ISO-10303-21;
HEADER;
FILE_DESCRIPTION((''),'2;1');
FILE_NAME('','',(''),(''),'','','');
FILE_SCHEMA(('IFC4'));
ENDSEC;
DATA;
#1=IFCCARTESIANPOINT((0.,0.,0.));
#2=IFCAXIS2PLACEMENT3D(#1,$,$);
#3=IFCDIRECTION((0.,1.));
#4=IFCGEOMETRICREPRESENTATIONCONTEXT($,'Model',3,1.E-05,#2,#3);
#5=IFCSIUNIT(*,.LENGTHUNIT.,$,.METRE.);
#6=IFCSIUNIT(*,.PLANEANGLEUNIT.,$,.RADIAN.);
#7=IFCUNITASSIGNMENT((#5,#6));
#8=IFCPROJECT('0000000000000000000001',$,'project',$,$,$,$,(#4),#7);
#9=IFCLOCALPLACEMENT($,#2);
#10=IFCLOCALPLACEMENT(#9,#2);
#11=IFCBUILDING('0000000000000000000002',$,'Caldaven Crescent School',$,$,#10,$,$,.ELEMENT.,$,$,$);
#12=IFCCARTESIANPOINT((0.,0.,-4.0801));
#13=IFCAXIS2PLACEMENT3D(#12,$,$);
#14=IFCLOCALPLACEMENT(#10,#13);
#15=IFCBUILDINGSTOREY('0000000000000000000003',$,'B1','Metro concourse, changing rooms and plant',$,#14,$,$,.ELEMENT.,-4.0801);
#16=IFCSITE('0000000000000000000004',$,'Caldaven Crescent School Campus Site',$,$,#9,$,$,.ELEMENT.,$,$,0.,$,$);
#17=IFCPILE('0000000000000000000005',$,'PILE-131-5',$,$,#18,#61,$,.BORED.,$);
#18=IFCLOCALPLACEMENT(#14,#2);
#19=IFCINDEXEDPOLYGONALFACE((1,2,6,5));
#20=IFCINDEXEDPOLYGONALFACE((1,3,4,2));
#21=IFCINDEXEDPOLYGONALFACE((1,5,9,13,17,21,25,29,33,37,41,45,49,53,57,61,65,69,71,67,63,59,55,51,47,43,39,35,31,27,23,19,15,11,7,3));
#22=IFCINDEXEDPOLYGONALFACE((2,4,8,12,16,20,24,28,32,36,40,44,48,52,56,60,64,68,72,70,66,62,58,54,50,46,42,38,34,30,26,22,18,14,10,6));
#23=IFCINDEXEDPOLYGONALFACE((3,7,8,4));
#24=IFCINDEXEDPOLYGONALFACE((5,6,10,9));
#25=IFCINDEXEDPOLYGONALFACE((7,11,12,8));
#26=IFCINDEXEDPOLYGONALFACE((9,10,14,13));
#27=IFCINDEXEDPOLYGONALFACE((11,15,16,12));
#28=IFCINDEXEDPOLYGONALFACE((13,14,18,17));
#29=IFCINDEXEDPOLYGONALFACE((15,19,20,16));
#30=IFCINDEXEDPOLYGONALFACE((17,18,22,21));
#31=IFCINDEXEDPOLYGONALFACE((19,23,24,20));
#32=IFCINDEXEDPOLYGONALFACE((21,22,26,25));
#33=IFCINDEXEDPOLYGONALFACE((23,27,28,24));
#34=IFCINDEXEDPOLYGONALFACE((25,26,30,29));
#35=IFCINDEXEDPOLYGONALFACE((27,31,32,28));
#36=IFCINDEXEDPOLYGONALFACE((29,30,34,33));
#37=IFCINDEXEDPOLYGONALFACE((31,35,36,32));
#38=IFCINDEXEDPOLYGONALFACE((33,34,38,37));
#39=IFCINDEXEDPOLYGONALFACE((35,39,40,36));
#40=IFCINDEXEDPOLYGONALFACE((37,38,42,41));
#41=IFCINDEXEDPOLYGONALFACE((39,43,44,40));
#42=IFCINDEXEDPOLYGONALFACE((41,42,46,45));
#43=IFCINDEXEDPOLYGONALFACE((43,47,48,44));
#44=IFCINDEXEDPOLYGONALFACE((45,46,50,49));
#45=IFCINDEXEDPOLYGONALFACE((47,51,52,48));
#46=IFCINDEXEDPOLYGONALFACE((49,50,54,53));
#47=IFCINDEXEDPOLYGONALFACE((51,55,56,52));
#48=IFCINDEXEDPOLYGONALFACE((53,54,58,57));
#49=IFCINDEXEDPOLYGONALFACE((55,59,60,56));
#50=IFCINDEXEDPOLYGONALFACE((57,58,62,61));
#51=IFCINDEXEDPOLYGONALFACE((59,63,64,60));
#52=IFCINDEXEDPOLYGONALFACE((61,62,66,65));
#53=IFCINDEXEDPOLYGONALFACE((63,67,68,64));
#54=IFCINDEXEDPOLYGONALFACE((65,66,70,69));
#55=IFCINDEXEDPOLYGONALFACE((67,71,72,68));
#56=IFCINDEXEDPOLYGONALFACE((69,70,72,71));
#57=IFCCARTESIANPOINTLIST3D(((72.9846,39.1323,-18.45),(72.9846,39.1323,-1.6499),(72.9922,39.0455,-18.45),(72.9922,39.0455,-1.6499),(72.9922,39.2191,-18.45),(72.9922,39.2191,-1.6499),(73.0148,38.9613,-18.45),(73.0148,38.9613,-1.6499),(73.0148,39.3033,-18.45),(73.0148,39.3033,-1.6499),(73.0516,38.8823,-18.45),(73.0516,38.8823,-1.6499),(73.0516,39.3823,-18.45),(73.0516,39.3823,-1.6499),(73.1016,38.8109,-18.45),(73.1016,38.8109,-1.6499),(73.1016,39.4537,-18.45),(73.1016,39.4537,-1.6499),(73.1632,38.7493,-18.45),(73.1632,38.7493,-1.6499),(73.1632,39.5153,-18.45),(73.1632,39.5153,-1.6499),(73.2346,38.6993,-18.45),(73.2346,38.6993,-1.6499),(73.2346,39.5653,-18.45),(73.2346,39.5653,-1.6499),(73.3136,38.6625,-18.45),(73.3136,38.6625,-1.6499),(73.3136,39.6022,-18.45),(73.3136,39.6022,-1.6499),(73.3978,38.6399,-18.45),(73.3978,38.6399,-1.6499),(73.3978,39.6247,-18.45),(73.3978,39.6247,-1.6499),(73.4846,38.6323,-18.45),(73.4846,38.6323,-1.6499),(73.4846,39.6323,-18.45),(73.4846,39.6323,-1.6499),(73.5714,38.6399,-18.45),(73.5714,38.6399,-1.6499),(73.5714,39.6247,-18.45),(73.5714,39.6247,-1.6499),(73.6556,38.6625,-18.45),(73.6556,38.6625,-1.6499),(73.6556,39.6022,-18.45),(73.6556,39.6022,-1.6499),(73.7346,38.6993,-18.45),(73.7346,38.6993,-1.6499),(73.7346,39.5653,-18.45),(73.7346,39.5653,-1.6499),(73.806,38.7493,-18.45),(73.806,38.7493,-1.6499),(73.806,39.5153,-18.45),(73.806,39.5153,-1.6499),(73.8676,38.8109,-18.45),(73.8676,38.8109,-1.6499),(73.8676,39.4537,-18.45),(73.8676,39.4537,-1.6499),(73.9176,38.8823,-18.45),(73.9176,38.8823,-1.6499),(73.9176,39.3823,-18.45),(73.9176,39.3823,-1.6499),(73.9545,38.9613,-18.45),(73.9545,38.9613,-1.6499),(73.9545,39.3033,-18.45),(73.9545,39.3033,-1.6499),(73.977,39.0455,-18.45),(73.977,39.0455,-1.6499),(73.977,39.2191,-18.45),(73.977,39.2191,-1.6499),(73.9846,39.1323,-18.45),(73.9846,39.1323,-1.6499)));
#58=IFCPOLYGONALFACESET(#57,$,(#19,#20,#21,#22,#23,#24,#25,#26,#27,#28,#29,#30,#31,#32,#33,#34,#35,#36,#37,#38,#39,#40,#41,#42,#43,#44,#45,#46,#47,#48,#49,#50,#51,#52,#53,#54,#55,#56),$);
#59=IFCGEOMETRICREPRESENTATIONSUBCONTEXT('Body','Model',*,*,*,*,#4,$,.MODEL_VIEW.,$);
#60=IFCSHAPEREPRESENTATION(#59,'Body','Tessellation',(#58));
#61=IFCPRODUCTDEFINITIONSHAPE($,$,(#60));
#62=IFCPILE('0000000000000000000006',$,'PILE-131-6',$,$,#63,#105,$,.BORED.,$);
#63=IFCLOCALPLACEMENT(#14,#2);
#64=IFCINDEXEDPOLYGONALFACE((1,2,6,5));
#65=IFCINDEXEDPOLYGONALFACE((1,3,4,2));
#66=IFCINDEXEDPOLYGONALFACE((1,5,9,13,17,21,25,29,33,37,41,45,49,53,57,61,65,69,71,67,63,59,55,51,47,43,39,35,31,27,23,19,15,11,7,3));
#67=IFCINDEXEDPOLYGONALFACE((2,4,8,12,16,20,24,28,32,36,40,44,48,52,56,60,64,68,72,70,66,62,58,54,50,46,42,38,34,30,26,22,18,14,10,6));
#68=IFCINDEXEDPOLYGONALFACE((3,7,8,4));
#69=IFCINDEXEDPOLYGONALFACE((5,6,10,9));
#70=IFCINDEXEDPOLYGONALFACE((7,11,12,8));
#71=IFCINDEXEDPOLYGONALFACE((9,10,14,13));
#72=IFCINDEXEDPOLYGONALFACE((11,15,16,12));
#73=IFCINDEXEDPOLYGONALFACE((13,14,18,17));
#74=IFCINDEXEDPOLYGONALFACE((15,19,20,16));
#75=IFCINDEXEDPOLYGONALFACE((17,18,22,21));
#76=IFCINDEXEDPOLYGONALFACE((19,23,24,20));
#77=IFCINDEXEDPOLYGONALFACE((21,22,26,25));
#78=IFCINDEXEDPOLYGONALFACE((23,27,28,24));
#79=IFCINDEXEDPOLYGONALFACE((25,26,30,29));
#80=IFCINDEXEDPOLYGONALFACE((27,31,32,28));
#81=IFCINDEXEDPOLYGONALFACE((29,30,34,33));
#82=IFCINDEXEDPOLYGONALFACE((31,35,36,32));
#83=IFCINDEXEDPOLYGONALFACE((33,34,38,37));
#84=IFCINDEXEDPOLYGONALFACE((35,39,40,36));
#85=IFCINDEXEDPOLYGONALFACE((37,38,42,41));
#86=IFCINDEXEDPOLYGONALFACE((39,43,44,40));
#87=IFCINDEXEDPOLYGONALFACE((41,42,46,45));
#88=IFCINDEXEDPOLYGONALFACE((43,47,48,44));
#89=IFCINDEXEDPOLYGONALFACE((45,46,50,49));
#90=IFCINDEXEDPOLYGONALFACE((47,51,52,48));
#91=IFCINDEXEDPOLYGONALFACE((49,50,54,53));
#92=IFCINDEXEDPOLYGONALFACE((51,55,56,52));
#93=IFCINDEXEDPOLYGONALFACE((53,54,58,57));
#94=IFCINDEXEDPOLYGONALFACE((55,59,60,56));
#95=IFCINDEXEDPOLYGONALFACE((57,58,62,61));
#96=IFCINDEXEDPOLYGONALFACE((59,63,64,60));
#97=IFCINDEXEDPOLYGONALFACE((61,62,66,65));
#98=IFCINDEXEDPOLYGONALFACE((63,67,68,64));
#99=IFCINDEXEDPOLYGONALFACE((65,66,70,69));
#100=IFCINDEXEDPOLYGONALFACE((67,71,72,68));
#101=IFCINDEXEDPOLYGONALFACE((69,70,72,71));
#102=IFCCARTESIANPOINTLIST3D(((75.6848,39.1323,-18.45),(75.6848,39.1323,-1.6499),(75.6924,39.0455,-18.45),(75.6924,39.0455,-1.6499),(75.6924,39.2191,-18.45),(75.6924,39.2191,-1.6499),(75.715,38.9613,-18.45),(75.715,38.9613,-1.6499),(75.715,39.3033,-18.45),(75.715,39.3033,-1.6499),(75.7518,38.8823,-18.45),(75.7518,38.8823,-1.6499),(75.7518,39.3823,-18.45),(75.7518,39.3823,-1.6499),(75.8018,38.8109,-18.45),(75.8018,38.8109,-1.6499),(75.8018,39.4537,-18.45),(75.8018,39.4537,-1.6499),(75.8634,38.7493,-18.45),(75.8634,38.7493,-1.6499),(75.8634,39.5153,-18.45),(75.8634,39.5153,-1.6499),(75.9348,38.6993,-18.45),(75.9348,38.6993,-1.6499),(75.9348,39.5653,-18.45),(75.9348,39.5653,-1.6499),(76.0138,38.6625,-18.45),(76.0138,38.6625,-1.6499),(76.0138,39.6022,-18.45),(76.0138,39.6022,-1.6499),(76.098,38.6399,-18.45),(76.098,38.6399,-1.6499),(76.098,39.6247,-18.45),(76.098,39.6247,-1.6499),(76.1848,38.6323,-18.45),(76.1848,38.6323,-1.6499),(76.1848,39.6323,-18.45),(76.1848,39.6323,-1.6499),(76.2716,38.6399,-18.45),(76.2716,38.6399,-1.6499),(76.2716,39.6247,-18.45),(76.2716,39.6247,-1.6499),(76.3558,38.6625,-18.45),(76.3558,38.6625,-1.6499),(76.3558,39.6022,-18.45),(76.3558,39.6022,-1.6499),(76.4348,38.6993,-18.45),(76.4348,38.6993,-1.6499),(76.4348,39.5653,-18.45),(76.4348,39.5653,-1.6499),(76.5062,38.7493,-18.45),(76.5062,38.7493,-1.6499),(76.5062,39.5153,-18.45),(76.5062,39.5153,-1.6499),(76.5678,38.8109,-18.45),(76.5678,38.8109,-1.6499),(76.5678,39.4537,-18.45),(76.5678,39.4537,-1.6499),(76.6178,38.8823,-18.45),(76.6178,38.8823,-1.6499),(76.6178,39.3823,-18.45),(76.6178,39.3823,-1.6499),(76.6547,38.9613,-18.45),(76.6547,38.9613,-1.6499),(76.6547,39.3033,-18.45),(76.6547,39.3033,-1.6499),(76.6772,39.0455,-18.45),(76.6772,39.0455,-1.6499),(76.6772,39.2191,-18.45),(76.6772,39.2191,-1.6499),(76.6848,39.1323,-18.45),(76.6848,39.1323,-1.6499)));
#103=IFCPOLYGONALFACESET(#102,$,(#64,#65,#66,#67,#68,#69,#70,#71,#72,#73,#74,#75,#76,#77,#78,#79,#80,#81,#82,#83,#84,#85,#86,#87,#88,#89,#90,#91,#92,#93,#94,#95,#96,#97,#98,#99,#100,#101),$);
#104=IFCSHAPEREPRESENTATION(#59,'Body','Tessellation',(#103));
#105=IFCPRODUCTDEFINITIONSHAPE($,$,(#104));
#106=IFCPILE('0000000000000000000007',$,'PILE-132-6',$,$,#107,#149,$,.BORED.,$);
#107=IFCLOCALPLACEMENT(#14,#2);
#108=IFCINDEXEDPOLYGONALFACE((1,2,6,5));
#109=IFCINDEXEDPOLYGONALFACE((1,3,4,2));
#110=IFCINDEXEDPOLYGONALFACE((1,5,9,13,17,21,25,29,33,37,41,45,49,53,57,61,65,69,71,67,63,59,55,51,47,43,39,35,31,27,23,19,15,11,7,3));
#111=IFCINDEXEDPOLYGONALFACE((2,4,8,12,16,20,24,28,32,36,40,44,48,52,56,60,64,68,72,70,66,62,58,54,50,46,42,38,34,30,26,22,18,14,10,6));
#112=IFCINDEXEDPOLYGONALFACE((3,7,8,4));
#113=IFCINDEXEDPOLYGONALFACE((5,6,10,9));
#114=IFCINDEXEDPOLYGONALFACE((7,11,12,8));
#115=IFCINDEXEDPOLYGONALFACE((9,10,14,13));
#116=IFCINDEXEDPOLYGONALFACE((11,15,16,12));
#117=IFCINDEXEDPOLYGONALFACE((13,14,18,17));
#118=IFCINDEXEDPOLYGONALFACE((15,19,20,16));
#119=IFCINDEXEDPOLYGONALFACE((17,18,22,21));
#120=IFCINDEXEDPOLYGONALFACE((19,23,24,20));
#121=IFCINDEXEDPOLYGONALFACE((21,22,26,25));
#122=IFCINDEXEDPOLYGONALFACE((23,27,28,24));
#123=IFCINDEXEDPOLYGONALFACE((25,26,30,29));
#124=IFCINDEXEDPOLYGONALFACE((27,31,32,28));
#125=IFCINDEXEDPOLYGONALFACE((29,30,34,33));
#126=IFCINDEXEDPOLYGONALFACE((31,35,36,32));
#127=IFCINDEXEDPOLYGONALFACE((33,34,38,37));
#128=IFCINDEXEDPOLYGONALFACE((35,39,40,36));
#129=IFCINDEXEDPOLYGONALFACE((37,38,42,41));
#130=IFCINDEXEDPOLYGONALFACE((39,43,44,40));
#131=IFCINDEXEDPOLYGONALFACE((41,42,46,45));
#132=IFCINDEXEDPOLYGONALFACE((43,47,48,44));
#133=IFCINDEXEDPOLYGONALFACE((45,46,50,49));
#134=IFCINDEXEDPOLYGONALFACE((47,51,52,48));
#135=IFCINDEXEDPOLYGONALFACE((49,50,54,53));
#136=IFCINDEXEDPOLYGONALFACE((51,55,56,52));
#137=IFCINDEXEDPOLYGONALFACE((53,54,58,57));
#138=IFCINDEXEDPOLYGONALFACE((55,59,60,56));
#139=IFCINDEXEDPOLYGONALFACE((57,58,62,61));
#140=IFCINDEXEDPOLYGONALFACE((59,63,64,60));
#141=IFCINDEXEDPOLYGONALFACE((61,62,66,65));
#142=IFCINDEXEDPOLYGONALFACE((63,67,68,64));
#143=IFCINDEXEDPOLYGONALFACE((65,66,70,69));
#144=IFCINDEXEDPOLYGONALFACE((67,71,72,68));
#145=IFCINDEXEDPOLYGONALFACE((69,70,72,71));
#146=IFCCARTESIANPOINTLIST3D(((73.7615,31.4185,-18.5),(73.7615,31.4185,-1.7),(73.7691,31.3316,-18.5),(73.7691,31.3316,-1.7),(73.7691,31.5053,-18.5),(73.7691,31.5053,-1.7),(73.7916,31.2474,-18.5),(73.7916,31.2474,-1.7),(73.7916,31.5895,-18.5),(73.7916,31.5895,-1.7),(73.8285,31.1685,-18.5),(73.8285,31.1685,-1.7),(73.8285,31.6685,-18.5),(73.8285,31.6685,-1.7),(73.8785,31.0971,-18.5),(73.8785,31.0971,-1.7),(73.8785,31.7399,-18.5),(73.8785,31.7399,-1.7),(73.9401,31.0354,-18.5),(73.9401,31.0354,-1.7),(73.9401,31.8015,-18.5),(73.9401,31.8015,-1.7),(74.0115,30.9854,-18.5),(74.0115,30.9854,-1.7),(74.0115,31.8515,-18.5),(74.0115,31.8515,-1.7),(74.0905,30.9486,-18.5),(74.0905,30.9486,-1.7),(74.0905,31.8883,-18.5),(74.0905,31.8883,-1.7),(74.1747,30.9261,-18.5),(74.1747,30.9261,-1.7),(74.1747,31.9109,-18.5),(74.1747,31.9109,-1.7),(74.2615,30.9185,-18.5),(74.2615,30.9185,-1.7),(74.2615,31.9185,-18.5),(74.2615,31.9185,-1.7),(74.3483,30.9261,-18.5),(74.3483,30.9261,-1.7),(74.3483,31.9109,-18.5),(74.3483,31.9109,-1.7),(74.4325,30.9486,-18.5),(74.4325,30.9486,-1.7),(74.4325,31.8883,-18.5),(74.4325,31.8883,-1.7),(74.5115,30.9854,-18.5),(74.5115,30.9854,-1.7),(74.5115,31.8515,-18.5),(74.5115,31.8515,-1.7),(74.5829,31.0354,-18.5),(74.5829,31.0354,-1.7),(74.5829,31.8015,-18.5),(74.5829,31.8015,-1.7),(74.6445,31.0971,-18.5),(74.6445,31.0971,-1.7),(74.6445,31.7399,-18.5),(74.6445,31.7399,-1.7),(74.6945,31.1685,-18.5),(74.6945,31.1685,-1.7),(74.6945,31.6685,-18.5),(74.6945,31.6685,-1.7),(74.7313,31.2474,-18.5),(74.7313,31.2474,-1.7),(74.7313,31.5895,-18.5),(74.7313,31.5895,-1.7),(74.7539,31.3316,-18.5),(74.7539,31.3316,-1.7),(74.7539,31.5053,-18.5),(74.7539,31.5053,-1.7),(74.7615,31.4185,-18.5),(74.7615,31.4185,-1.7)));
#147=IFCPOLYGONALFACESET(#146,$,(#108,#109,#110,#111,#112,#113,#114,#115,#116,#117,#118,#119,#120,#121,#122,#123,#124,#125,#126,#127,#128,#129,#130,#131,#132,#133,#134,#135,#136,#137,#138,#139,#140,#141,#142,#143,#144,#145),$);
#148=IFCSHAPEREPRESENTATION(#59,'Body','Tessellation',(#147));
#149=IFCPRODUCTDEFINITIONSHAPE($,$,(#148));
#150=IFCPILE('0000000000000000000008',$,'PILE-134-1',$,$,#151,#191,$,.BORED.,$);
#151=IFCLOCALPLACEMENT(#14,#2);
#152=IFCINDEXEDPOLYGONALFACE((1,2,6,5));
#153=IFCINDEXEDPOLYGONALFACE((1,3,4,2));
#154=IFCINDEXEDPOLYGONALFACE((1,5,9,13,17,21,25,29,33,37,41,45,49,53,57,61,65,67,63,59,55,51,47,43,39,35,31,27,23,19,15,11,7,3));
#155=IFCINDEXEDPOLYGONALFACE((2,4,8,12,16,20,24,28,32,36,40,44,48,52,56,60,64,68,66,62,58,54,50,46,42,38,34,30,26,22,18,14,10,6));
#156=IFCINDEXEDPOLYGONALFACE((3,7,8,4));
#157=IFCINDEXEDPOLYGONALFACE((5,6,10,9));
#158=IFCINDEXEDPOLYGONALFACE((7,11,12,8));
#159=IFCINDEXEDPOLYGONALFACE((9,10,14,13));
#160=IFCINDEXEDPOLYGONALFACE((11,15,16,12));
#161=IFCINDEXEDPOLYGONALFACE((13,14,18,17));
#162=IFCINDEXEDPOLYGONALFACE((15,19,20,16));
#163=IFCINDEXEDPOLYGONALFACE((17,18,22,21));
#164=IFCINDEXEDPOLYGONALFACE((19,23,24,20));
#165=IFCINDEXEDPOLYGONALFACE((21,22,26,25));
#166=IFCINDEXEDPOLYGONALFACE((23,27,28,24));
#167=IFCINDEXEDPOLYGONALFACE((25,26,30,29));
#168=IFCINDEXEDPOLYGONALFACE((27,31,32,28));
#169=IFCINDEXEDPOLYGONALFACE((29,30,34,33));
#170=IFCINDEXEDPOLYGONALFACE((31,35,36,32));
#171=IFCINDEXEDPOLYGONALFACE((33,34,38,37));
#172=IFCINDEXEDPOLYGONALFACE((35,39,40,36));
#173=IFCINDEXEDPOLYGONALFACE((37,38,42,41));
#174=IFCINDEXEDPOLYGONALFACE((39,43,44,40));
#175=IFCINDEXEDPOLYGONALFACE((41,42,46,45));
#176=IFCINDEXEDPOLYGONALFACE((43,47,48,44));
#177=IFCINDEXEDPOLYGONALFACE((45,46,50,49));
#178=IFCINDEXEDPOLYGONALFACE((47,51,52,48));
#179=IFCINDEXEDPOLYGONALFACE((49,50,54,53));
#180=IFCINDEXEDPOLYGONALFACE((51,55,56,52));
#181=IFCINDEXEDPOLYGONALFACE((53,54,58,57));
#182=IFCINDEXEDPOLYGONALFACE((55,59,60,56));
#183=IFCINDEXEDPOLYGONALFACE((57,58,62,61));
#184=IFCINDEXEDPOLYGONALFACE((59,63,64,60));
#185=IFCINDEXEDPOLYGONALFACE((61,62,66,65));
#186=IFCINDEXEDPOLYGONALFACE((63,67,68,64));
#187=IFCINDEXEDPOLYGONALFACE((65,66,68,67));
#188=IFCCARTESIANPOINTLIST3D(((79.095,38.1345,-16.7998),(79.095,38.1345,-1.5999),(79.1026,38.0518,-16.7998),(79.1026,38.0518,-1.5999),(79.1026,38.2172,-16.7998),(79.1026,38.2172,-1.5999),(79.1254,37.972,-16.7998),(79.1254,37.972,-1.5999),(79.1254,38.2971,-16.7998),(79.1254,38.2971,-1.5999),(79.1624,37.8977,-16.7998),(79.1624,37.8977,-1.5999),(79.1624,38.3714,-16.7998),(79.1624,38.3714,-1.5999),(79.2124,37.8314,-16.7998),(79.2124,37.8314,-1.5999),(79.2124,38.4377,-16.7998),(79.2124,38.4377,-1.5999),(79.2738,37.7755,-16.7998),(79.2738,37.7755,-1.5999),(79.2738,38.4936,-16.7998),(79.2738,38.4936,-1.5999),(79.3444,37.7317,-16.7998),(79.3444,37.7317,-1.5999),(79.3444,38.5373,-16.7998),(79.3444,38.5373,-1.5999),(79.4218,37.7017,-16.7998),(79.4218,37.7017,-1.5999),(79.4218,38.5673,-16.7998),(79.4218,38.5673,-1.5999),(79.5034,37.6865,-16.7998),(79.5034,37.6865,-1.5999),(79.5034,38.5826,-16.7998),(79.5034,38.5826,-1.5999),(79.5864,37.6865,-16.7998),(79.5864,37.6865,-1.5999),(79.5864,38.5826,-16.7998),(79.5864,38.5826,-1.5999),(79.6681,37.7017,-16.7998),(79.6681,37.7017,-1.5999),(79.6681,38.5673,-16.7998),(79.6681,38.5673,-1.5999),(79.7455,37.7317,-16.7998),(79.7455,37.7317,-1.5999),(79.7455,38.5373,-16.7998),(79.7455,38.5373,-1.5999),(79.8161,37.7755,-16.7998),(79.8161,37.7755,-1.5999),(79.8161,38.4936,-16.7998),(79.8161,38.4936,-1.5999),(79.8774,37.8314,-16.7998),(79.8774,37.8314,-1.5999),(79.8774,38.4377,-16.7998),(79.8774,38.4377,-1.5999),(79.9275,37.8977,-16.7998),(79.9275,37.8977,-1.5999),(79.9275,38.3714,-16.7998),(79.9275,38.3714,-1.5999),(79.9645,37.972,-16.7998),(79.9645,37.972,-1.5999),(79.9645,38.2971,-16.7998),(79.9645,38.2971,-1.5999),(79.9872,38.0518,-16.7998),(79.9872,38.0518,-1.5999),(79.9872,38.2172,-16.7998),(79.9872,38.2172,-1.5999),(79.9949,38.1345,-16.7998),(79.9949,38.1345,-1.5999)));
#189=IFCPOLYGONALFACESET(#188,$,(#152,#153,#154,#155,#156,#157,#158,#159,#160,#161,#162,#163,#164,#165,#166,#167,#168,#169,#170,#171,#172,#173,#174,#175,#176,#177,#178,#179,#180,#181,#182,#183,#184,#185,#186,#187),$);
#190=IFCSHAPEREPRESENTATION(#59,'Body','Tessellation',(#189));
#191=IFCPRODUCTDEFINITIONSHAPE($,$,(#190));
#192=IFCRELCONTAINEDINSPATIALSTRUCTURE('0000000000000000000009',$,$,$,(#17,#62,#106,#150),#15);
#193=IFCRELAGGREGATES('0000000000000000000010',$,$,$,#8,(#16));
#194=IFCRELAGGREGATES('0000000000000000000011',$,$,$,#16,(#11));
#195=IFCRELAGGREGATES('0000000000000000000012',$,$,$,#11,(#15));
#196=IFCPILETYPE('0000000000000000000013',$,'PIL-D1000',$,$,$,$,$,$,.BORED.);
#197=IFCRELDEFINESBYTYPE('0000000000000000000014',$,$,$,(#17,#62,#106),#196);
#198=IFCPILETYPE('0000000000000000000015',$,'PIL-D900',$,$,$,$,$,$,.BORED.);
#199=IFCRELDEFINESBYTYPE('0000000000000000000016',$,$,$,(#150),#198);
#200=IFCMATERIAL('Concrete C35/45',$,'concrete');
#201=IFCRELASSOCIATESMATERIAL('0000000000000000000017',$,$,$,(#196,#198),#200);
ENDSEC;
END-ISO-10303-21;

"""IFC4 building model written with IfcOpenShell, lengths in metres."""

from ifc_helpers import new_model, si_unit, direction, frame, origin, origin_2d, place, context, subcontext, project, spatial, circle, extrude, material, material_profile, profile_set, type_object, element, save


model = new_model("IFC4")

# Units and contexts
model_context = context("Model", 3, precision=1e-05, world=origin(), true_north=direction((0.0, 1.0)))
body_context = subcontext(model_context, "Body", "Model", "MODEL_VIEW")
ifc_project = project(units=[si_unit("LENGTHUNIT", "METRE"), si_unit("PLANEANGLEUNIT", "RADIAN")], contexts=[model_context])

# Site, building, storey
site_placement = place(None, origin())
site = spatial("IfcSite", under=ifc_project, at=site_placement, Name="Caldaven Crescent School Campus Site", CompositionType="ELEMENT", RefElevation=0.0)
building_placement = place(site_placement, origin())
building = spatial("IfcBuilding", under=site, at=building_placement, Name="Caldaven Crescent School", CompositionType="ELEMENT")
storey_placement = place(building_placement, frame((0.0, 0.0, -4.0801)))
storey = spatial("IfcBuildingStorey", under=building, at=storey_placement, Name="B1", Description="Metro concourse, changing rooms and plant", CompositionType="ELEMENT", Elevation=-4.0801)

# Shared definitions
ifc_material_1 = material(Name="Concrete C35/45", Category="concrete")

# Piles
ifc_material_profile_1 = material_profile(ifc_material_1, circle(Radius=0.5, at=origin_2d()), Name="PILE D1000")
ifc_profile_set_1 = profile_set([ifc_material_profile_1], Name="Concrete C35/45")
pile_type_1 = type_object("IfcPileType", Name="PIL-D1000", PredefinedType="BORED", material=ifc_profile_set_1)
for number, where, z_axis, x_axis, name in (
    (1, (73.4846, 39.1323, -1.6499), (0.0, 0.0, -1.0), (1.0, 0.0, 0.0), "PILE-131-5"),
    (2, (76.1848, 39.1323, -1.6499), (0.0, 0.0, -1.0), (1.0, 0.0, 0.0), "PILE-131-6"),
    (3, (74.2615, 31.4185, -1.7), (0.0, 0.0, -1.0), (1.0, 0.0, 0.0), "PILE-132-6"),
):
    element("IfcPile", number, at=place(storey_placement, frame(where, z_axis=z_axis, x_axis=x_axis)), inside=storey, type_object=pile_type_1, Name=name, PredefinedType="BORED", context=body_context, shape_type="SweptSolid", body=[
        extrude(circle(Radius=0.5, at=origin_2d()), origin(), (0.0, 0.0, 1.0), 16.8),
    ])
ifc_material_profile_2 = material_profile(ifc_material_1, circle(Radius=0.45, at=origin_2d()), Name="PILE D900")
ifc_profile_set_2 = profile_set([ifc_material_profile_2], Name="Concrete C35/45")
pile_type_2 = type_object("IfcPileType", Name="PIL-D900", PredefinedType="BORED", material=ifc_profile_set_2)
pile_1_placement = place(storey_placement, frame((79.5449, 38.1345, -1.5999), z_axis=(0.0, 0.0, -1.0), x_axis=(1.0, 0.0, 0.0)))
element("IfcPile", 4, at=pile_1_placement, inside=storey, type_object=pile_type_2, Name="PILE-134-1", PredefinedType="BORED", context=body_context, shape_type="SweptSolid", body=[
    extrude(circle(Radius=0.45, at=origin_2d()), origin(), (0.0, 0.0, 1.0), 15.2),
])

save(model, "model.ifc")
